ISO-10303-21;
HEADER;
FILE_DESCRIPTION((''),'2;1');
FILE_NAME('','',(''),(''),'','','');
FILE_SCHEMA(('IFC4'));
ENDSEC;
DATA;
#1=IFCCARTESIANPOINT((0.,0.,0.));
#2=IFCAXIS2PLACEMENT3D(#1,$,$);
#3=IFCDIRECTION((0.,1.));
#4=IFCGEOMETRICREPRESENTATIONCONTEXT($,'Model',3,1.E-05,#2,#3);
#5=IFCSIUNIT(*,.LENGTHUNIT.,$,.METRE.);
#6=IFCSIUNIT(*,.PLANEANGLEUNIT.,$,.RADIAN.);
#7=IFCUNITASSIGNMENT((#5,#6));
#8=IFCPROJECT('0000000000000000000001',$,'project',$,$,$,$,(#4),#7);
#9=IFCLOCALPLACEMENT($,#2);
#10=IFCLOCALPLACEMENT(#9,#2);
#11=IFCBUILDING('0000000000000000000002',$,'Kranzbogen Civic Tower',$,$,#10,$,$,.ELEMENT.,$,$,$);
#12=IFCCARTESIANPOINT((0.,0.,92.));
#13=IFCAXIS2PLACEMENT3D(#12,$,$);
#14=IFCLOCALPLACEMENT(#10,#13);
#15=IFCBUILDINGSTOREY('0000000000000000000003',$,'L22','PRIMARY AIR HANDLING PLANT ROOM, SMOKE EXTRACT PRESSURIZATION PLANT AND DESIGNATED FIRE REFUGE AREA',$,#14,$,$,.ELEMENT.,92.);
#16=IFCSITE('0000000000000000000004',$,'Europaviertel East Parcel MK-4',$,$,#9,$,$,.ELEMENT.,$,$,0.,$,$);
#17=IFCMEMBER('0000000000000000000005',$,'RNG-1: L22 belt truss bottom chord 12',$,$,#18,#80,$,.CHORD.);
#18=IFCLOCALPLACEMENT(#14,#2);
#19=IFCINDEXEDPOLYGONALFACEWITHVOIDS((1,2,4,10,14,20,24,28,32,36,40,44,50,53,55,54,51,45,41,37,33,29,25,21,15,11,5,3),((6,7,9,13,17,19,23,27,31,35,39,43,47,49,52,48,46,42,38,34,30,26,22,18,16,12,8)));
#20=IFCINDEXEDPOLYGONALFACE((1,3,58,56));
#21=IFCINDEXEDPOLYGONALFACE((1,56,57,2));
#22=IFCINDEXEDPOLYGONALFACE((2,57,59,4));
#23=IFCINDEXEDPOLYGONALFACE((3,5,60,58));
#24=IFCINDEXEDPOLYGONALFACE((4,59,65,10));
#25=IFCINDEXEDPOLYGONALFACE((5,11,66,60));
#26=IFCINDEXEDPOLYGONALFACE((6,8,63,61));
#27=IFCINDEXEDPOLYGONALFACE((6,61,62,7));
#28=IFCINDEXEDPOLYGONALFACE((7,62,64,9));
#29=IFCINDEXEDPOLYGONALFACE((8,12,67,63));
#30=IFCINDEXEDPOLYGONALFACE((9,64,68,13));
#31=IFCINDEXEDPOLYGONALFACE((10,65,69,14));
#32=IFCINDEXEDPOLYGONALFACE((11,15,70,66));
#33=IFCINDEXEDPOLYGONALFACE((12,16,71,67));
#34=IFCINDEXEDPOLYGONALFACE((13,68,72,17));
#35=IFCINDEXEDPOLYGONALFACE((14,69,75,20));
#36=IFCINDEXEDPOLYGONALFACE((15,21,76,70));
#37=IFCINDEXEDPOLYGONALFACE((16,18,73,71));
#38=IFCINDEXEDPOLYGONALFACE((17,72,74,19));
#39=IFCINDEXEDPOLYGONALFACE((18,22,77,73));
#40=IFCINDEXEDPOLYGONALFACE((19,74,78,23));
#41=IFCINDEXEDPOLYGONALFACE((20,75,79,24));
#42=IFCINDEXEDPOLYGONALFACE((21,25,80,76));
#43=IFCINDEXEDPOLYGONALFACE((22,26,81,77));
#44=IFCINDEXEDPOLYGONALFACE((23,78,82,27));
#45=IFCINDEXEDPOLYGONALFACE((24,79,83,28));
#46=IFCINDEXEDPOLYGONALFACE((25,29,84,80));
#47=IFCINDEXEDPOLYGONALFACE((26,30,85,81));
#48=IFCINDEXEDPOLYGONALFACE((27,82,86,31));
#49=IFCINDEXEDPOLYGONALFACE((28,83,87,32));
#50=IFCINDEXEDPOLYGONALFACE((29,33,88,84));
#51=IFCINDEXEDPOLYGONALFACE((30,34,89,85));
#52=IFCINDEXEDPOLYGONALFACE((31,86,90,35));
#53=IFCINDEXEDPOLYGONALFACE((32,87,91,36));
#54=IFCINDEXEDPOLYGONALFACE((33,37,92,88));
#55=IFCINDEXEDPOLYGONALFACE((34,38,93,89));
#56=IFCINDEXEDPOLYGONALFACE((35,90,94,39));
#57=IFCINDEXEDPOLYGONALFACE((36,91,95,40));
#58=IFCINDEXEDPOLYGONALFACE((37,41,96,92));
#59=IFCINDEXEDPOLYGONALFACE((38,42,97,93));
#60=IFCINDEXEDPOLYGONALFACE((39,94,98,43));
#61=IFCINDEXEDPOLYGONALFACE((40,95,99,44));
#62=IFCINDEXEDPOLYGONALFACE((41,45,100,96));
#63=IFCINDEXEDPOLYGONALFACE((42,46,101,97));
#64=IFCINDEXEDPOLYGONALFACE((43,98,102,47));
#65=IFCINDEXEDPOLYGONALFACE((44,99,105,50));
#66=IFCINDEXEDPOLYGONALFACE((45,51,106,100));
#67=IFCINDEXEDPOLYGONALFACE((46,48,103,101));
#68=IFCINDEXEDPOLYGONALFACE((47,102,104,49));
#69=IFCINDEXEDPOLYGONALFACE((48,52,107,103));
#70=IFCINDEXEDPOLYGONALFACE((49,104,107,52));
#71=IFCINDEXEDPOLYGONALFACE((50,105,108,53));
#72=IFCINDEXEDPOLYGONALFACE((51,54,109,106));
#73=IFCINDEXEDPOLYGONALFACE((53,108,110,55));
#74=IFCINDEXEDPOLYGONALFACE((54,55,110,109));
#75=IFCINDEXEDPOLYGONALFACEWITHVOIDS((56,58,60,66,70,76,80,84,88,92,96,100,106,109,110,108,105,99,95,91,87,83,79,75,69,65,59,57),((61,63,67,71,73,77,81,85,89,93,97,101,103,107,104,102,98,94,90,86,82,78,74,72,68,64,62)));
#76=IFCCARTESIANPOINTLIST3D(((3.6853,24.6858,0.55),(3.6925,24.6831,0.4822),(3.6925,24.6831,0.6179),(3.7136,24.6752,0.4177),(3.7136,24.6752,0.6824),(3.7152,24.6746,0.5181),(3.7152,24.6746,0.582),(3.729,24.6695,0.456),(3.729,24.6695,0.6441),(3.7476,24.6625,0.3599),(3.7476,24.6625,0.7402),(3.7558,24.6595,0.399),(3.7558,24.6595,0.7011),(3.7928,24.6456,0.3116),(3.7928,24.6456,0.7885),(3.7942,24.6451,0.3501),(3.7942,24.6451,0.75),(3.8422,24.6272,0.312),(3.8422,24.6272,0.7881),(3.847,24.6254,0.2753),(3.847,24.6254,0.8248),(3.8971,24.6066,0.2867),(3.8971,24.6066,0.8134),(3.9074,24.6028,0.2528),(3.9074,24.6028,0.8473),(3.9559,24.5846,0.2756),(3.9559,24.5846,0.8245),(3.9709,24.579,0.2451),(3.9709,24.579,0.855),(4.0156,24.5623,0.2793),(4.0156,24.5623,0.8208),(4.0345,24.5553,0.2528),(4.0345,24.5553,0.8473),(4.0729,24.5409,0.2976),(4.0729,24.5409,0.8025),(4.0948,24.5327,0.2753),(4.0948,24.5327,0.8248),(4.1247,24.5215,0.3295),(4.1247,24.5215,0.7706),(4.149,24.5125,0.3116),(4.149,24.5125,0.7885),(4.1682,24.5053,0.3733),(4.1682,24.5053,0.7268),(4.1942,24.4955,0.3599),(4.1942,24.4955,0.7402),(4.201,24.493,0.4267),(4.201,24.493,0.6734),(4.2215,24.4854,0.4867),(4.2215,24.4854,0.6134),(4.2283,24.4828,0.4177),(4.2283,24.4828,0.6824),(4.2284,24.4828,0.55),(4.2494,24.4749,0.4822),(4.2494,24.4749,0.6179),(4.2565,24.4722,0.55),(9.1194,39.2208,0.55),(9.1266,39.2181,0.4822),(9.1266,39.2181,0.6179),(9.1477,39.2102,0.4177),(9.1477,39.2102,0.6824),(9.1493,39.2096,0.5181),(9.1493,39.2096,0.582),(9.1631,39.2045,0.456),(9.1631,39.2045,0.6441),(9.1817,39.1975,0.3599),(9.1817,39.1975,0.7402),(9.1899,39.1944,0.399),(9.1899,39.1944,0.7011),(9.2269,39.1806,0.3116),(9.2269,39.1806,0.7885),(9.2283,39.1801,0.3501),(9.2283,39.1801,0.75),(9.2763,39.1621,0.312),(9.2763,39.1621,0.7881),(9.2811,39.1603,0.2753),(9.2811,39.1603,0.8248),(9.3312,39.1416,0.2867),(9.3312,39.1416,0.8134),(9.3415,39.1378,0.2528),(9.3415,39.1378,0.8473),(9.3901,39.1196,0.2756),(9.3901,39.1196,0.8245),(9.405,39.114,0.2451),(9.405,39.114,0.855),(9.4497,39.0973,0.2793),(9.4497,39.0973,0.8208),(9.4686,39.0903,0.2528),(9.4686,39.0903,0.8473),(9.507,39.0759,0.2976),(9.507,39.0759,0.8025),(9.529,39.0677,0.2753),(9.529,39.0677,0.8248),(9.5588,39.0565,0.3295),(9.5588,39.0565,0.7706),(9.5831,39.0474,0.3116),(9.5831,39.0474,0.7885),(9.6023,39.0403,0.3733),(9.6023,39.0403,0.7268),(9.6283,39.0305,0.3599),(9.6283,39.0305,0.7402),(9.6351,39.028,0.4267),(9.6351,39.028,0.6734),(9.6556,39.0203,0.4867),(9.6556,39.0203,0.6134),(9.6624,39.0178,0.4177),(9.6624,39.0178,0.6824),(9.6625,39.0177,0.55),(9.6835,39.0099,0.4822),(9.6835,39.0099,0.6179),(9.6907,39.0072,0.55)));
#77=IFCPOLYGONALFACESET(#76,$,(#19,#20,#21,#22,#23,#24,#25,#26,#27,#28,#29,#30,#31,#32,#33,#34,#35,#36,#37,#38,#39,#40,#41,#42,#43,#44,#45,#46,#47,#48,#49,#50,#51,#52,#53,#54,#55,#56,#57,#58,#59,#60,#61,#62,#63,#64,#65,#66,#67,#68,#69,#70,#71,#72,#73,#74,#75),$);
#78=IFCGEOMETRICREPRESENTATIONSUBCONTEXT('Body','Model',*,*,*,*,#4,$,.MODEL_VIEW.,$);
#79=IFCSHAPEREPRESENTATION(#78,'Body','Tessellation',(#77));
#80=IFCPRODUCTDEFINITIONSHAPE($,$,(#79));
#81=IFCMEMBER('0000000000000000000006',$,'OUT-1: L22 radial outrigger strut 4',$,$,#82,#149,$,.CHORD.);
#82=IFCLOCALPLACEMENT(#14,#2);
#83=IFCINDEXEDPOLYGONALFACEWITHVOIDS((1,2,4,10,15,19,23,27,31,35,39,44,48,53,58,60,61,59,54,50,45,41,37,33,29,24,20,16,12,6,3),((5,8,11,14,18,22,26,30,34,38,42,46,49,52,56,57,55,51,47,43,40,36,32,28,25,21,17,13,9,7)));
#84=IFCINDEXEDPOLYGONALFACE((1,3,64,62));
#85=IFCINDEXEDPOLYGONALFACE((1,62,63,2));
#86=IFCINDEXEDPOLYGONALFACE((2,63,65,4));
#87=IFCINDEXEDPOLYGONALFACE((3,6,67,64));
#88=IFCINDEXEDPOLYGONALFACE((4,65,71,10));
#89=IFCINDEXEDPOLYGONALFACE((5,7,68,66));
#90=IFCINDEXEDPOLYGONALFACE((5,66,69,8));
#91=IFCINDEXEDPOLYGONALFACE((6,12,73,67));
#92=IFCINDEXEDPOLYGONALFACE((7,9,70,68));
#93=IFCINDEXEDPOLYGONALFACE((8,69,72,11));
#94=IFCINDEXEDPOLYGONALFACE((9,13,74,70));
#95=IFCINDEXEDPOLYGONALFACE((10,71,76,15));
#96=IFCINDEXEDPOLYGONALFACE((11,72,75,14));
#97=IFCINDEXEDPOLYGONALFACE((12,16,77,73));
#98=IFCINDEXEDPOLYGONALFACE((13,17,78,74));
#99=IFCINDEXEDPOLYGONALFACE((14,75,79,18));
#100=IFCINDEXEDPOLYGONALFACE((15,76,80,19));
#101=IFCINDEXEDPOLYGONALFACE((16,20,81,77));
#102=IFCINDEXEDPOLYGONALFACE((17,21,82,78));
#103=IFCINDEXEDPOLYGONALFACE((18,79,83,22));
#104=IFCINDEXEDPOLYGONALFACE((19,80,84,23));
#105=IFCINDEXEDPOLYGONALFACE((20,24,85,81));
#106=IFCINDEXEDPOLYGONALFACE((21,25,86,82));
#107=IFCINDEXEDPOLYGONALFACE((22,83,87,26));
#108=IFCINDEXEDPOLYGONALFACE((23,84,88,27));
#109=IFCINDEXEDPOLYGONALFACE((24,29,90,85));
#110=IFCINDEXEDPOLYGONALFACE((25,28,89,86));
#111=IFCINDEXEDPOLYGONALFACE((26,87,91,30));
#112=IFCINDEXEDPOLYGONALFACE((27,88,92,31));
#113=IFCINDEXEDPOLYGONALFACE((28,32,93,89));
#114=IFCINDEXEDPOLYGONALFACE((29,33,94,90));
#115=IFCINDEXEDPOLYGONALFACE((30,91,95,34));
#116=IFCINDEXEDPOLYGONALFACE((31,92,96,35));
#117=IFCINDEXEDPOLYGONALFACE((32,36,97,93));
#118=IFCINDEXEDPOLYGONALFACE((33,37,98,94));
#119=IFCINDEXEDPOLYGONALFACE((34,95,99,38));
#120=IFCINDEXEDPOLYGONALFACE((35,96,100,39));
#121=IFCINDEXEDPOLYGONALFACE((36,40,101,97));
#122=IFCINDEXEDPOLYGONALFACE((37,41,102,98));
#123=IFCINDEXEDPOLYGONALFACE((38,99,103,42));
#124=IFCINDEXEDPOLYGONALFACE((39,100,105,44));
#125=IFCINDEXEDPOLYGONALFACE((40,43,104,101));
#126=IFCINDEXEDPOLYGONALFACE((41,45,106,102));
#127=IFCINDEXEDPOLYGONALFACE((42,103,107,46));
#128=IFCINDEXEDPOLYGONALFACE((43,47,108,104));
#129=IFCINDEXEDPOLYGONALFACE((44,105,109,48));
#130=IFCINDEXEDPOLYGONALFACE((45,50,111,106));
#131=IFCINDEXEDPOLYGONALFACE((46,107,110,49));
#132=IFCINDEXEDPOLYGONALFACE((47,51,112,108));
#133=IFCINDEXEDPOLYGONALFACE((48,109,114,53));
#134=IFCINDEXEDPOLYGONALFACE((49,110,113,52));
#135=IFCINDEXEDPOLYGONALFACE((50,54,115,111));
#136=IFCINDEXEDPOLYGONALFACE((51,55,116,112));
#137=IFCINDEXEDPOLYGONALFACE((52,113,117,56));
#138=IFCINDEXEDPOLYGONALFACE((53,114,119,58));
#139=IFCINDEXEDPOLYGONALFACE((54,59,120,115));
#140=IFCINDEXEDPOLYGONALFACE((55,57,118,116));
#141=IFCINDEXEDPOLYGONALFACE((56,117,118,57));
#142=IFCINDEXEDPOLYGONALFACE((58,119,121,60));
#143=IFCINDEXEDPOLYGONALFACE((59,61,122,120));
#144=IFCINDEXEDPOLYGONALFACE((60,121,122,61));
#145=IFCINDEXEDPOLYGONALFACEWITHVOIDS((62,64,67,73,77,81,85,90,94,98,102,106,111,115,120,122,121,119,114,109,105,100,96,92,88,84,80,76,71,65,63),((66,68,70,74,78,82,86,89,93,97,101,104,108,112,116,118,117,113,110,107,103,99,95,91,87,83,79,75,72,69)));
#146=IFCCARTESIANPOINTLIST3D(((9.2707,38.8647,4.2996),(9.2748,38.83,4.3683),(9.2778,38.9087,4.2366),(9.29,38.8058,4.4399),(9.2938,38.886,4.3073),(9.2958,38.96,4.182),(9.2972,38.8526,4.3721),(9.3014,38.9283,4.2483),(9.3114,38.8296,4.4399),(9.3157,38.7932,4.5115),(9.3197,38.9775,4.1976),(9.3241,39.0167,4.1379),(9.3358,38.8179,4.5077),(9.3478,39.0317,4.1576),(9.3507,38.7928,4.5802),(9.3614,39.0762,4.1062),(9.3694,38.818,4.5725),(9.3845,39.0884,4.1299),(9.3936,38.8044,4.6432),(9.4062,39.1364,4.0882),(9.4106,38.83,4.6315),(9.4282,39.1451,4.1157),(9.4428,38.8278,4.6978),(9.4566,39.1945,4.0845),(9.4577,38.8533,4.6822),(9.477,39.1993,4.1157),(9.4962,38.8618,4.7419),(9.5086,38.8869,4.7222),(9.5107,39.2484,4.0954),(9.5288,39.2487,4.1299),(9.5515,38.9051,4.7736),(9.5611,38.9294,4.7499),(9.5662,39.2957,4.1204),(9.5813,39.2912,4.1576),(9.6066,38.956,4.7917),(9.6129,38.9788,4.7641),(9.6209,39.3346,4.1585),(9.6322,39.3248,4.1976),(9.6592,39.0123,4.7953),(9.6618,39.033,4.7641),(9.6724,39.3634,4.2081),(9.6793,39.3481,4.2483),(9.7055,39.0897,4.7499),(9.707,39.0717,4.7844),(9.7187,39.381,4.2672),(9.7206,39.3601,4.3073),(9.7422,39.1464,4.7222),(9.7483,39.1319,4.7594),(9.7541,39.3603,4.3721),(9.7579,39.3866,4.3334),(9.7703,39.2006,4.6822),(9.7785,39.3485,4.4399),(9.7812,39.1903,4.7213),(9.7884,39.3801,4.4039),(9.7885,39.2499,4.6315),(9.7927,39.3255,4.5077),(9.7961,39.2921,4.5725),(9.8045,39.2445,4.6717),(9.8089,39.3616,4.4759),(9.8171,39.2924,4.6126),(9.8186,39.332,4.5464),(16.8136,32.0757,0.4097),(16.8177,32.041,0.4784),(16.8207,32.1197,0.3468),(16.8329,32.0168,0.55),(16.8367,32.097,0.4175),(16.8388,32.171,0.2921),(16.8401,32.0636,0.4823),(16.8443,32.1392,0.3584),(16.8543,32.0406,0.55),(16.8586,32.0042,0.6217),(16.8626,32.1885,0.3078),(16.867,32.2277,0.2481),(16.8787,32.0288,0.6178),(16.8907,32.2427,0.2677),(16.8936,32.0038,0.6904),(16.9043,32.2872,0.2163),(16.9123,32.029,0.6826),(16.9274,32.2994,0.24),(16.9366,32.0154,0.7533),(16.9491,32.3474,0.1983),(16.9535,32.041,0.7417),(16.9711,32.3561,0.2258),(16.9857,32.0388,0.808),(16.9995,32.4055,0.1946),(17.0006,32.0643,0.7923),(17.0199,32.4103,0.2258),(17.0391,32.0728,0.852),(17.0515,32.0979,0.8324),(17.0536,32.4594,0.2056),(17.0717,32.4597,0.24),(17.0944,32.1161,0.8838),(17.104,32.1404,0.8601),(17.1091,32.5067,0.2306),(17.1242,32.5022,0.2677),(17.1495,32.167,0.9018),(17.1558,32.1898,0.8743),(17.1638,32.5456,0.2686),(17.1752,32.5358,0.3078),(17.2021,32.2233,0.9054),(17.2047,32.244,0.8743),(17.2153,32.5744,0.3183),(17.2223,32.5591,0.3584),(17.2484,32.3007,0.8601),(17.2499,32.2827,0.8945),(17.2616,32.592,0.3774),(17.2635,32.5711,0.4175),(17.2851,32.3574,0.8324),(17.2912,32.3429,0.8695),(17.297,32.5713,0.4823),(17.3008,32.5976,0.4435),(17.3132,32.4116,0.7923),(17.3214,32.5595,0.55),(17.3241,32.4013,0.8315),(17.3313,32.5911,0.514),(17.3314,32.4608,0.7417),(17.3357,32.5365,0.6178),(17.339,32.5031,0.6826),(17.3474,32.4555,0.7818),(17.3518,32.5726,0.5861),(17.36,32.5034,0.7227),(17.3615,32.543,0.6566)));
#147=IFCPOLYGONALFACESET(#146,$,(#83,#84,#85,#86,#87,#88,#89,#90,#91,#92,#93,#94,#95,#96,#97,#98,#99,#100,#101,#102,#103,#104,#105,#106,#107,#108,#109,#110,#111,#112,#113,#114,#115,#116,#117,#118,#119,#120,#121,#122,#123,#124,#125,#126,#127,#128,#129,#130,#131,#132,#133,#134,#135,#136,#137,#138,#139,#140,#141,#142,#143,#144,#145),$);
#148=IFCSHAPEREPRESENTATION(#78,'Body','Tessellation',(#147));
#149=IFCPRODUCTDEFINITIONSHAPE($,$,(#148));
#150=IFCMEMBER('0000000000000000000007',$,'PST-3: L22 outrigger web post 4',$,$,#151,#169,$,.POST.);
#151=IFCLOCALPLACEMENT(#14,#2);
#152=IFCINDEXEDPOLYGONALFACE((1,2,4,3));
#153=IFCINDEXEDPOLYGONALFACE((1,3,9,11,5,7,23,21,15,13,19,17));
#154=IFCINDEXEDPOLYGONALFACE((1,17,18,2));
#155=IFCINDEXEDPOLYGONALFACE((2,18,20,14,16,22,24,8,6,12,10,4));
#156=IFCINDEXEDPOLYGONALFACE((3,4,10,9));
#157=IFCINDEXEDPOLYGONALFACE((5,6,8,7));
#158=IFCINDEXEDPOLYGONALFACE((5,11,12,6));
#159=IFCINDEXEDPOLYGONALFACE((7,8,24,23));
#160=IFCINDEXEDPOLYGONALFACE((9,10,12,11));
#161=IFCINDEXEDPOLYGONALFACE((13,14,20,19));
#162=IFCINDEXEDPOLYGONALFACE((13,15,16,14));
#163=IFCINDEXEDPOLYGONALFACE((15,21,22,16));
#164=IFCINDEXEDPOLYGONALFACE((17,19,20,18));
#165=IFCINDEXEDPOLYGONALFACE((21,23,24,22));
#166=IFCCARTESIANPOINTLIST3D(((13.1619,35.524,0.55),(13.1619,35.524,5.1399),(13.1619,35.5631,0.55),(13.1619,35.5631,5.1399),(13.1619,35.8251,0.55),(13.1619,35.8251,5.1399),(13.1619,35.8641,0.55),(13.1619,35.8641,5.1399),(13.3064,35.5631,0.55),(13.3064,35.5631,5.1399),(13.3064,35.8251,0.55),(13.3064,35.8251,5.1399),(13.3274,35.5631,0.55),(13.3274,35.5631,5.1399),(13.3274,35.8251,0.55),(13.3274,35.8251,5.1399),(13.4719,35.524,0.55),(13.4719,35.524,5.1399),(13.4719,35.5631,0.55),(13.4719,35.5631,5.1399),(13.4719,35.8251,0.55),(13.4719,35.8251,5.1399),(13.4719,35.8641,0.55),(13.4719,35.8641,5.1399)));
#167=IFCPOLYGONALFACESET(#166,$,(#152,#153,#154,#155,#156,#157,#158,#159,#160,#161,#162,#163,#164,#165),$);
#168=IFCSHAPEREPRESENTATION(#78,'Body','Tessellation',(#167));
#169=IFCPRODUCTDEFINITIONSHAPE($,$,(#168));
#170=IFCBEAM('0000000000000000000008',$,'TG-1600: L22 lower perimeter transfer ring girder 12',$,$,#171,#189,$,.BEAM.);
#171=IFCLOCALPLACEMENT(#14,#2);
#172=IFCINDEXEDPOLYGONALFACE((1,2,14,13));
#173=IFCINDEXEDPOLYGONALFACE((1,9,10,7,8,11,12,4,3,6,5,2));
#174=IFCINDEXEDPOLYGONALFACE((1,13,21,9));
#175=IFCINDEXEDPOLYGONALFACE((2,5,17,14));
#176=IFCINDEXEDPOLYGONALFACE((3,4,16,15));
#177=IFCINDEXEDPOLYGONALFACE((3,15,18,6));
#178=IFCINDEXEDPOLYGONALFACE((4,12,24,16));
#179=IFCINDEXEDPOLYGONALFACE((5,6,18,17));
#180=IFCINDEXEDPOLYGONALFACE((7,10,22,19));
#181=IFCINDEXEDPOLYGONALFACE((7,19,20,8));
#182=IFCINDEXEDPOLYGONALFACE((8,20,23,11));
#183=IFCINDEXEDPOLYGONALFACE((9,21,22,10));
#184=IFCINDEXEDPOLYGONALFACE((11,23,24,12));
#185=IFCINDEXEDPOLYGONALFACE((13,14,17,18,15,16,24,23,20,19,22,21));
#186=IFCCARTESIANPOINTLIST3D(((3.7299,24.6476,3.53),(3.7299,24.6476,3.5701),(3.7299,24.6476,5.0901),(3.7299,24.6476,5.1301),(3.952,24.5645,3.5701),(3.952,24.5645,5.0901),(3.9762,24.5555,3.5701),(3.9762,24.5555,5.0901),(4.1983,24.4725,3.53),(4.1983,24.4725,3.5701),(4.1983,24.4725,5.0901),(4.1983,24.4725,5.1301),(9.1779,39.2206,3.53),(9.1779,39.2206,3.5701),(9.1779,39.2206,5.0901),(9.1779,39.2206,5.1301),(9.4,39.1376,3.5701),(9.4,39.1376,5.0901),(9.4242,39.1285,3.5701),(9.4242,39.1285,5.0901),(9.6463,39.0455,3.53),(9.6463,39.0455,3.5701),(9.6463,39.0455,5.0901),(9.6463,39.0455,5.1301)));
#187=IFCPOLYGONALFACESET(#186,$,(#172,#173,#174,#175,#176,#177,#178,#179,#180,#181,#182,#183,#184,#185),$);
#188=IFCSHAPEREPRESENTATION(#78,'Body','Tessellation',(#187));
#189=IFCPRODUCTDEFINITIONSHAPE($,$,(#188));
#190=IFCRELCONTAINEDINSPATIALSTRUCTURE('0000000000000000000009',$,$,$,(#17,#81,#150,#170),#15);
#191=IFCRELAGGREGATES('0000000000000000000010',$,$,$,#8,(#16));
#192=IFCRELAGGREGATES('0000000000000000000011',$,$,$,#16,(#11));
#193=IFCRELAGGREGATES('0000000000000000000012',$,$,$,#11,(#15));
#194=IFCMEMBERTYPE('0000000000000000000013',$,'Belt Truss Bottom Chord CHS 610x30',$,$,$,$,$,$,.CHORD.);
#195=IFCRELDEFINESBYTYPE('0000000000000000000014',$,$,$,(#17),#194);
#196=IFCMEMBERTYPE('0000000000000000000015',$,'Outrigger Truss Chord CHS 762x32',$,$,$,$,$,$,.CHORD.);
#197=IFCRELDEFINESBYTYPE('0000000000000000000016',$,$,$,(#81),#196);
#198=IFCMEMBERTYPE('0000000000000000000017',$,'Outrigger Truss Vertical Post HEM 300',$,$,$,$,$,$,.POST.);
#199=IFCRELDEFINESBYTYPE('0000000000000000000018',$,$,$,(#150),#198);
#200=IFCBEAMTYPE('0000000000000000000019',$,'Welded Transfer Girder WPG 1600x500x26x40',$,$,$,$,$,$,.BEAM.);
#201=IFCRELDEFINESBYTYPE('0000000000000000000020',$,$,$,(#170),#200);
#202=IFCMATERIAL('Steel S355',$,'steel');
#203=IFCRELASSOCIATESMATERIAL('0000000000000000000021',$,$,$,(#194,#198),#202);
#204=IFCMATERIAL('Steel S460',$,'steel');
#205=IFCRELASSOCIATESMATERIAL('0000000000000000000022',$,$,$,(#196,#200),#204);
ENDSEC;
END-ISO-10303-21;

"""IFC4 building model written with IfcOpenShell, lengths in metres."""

from ifc_helpers import new_model, si_unit, direction, frame, origin, origin_2d, place, context, subcontext, project, spatial, hollow_circle, i_section, extrude, material, material_profile, profile_set, type_object, element, save


model = new_model("IFC4")

# Units and contexts
model_context = context("Model", 3, precision=1e-05, world=origin(), true_north=direction((0.0, 1.0)))
body_context = subcontext(model_context, "Body", "Model", "MODEL_VIEW")
ifc_project = project(units=[si_unit("LENGTHUNIT", "METRE"), si_unit("PLANEANGLEUNIT", "RADIAN")], contexts=[model_context])

# Site, building, storey
site_placement = place(None, origin())
site = spatial("IfcSite", under=ifc_project, at=site_placement, Name="Europaviertel East Parcel MK-4", CompositionType="ELEMENT", RefElevation=0.0)
building_placement = place(site_placement, origin())
building = spatial("IfcBuilding", under=site, at=building_placement, Name="Kranzbogen Civic Tower", CompositionType="ELEMENT")
storey_placement = place(building_placement, frame((0.0, 0.0, 92.0)))
storey = spatial("IfcBuildingStorey", under=building, at=storey_placement, Name="L22", Description="PRIMARY AIR HANDLING PLANT ROOM, SMOKE EXTRACT PRESSURIZATION PLANT AND DESIGNATED FIRE REFUGE AREA", CompositionType="ELEMENT", Elevation=92.0)

# Members
ifc_material_1 = material(Name="Steel S355", Category="steel")
ifc_material_profile_1 = material_profile(ifc_material_1, hollow_circle(Radius=0.3049, WallThickness=0.03, at=origin_2d()), Name="CHS 610x30")
ifc_profile_set_1 = profile_set([ifc_material_profile_1], Name="Steel S355")
member_type_1 = type_object("IfcMemberType", Name="Belt Truss Bottom Chord CHS 610x30", PredefinedType="CHORD", material=ifc_profile_set_1)
member_1_placement = place(storey_placement, frame((9.405, 39.114, 0.55), z_axis=(-0.35019, -0.936679, 0.0), x_axis=(0.936679, -0.35019, 0.0)))
element("IfcMember", 1, at=member_1_placement, inside=storey, type_object=member_type_1, Name="RNG-1: L22 belt truss bottom chord 12", PredefinedType="CHORD", context=body_context, shape_type="SweptSolid", body=[
    extrude(hollow_circle(Radius=0.3049, WallThickness=0.03, at=origin_2d()), origin(), (0.0, 0.0, 1.0), 15.5176),
])
ifc_material_2 = material(Name="Steel S460", Category="steel")
ifc_material_profile_2 = material_profile(ifc_material_2, hollow_circle(Radius=0.3811, WallThickness=0.032, at=origin_2d()), Name="CHS 762x32")
ifc_profile_set_2 = profile_set([ifc_material_profile_2], Name="Steel S460")
member_type_2 = type_object("IfcMemberType", Name="Outrigger Truss Chord CHS 762x32", PredefinedType="CHORD", material=ifc_profile_set_2)
member_2_placement = place(storey_placement, frame((17.0879, 32.3, 0.55), z_axis=(-0.694037, 0.624669, 0.357913), x_axis=(-0.668986, -0.743275, 0.0)))
element("IfcMember", 2, at=member_2_placement, inside=storey, type_object=member_type_2, Name="OUT-1: L22 radial outrigger strut 4", PredefinedType="CHORD", context=body_context, shape_type="SweptSolid", body=[
    extrude(hollow_circle(Radius=0.3811, WallThickness=0.032, at=origin_2d()), origin(), (0.0, 0.0, 1.0), 10.8682),
])
ifc_material_profile_3 = material_profile(ifc_material_1, i_section(OverallWidth=0.3101, OverallDepth=0.3401, WebThickness=0.021, FlangeThickness=0.0391, at=origin_2d()), Name="HEM 300")
ifc_profile_set_3 = profile_set([ifc_material_profile_3], Name="Steel S355")
member_type_3 = type_object("IfcMemberType", Name="Outrigger Truss Vertical Post HEM 300", PredefinedType="POST", material=ifc_profile_set_3)
member_3_placement = place(storey_placement, frame((13.3169, 35.6941, 0.55), z_axis=(0.0, 0.0, 1.0), x_axis=(1.0, 0.0, 0.0)))
element("IfcMember", 3, at=member_3_placement, inside=storey, type_object=member_type_3, Name="PST-3: L22 outrigger web post 4", PredefinedType="POST", context=body_context, shape_type="SweptSolid", body=[
    extrude(i_section(OverallWidth=0.3101, OverallDepth=0.3401, WebThickness=0.021, FlangeThickness=0.0391, at=origin_2d()), origin(), (0.0, 0.0, 1.0), 4.5898),
])

# Beam
ifc_material_profile_4 = material_profile(ifc_material_2, i_section(OverallWidth=0.5, OverallDepth=1.6001, WebThickness=0.0259, FlangeThickness=0.04, at=origin_2d()), Name="WPG 1600x500x26x40")
ifc_profile_set_4 = profile_set([ifc_material_profile_4], Name="Steel S460")
beam_type = type_object("IfcBeamType", Name="Welded Transfer Girder WPG 1600x500x26x40", PredefinedType="BEAM", material=ifc_profile_set_4)
beam_1_placement = place(storey_placement, frame((9.4121, 39.1331, 4.3301), z_axis=(-0.350172, -0.936685, 0.0), x_axis=(0.936685, -0.350172, 0.0)))
element("IfcBeam", 4, at=beam_1_placement, inside=storey, type_object=beam_type, Name="TG-1600: L22 lower perimeter transfer ring girder 12", PredefinedType="BEAM", context=body_context, shape_type="SweptSolid", body=[
    extrude(i_section(OverallWidth=0.5, OverallDepth=1.6001, WebThickness=0.0259, FlangeThickness=0.04, at=origin_2d()), origin(), (0.0, 0.0, 1.0), 15.5581),
])

save(model, "model.ifc")
